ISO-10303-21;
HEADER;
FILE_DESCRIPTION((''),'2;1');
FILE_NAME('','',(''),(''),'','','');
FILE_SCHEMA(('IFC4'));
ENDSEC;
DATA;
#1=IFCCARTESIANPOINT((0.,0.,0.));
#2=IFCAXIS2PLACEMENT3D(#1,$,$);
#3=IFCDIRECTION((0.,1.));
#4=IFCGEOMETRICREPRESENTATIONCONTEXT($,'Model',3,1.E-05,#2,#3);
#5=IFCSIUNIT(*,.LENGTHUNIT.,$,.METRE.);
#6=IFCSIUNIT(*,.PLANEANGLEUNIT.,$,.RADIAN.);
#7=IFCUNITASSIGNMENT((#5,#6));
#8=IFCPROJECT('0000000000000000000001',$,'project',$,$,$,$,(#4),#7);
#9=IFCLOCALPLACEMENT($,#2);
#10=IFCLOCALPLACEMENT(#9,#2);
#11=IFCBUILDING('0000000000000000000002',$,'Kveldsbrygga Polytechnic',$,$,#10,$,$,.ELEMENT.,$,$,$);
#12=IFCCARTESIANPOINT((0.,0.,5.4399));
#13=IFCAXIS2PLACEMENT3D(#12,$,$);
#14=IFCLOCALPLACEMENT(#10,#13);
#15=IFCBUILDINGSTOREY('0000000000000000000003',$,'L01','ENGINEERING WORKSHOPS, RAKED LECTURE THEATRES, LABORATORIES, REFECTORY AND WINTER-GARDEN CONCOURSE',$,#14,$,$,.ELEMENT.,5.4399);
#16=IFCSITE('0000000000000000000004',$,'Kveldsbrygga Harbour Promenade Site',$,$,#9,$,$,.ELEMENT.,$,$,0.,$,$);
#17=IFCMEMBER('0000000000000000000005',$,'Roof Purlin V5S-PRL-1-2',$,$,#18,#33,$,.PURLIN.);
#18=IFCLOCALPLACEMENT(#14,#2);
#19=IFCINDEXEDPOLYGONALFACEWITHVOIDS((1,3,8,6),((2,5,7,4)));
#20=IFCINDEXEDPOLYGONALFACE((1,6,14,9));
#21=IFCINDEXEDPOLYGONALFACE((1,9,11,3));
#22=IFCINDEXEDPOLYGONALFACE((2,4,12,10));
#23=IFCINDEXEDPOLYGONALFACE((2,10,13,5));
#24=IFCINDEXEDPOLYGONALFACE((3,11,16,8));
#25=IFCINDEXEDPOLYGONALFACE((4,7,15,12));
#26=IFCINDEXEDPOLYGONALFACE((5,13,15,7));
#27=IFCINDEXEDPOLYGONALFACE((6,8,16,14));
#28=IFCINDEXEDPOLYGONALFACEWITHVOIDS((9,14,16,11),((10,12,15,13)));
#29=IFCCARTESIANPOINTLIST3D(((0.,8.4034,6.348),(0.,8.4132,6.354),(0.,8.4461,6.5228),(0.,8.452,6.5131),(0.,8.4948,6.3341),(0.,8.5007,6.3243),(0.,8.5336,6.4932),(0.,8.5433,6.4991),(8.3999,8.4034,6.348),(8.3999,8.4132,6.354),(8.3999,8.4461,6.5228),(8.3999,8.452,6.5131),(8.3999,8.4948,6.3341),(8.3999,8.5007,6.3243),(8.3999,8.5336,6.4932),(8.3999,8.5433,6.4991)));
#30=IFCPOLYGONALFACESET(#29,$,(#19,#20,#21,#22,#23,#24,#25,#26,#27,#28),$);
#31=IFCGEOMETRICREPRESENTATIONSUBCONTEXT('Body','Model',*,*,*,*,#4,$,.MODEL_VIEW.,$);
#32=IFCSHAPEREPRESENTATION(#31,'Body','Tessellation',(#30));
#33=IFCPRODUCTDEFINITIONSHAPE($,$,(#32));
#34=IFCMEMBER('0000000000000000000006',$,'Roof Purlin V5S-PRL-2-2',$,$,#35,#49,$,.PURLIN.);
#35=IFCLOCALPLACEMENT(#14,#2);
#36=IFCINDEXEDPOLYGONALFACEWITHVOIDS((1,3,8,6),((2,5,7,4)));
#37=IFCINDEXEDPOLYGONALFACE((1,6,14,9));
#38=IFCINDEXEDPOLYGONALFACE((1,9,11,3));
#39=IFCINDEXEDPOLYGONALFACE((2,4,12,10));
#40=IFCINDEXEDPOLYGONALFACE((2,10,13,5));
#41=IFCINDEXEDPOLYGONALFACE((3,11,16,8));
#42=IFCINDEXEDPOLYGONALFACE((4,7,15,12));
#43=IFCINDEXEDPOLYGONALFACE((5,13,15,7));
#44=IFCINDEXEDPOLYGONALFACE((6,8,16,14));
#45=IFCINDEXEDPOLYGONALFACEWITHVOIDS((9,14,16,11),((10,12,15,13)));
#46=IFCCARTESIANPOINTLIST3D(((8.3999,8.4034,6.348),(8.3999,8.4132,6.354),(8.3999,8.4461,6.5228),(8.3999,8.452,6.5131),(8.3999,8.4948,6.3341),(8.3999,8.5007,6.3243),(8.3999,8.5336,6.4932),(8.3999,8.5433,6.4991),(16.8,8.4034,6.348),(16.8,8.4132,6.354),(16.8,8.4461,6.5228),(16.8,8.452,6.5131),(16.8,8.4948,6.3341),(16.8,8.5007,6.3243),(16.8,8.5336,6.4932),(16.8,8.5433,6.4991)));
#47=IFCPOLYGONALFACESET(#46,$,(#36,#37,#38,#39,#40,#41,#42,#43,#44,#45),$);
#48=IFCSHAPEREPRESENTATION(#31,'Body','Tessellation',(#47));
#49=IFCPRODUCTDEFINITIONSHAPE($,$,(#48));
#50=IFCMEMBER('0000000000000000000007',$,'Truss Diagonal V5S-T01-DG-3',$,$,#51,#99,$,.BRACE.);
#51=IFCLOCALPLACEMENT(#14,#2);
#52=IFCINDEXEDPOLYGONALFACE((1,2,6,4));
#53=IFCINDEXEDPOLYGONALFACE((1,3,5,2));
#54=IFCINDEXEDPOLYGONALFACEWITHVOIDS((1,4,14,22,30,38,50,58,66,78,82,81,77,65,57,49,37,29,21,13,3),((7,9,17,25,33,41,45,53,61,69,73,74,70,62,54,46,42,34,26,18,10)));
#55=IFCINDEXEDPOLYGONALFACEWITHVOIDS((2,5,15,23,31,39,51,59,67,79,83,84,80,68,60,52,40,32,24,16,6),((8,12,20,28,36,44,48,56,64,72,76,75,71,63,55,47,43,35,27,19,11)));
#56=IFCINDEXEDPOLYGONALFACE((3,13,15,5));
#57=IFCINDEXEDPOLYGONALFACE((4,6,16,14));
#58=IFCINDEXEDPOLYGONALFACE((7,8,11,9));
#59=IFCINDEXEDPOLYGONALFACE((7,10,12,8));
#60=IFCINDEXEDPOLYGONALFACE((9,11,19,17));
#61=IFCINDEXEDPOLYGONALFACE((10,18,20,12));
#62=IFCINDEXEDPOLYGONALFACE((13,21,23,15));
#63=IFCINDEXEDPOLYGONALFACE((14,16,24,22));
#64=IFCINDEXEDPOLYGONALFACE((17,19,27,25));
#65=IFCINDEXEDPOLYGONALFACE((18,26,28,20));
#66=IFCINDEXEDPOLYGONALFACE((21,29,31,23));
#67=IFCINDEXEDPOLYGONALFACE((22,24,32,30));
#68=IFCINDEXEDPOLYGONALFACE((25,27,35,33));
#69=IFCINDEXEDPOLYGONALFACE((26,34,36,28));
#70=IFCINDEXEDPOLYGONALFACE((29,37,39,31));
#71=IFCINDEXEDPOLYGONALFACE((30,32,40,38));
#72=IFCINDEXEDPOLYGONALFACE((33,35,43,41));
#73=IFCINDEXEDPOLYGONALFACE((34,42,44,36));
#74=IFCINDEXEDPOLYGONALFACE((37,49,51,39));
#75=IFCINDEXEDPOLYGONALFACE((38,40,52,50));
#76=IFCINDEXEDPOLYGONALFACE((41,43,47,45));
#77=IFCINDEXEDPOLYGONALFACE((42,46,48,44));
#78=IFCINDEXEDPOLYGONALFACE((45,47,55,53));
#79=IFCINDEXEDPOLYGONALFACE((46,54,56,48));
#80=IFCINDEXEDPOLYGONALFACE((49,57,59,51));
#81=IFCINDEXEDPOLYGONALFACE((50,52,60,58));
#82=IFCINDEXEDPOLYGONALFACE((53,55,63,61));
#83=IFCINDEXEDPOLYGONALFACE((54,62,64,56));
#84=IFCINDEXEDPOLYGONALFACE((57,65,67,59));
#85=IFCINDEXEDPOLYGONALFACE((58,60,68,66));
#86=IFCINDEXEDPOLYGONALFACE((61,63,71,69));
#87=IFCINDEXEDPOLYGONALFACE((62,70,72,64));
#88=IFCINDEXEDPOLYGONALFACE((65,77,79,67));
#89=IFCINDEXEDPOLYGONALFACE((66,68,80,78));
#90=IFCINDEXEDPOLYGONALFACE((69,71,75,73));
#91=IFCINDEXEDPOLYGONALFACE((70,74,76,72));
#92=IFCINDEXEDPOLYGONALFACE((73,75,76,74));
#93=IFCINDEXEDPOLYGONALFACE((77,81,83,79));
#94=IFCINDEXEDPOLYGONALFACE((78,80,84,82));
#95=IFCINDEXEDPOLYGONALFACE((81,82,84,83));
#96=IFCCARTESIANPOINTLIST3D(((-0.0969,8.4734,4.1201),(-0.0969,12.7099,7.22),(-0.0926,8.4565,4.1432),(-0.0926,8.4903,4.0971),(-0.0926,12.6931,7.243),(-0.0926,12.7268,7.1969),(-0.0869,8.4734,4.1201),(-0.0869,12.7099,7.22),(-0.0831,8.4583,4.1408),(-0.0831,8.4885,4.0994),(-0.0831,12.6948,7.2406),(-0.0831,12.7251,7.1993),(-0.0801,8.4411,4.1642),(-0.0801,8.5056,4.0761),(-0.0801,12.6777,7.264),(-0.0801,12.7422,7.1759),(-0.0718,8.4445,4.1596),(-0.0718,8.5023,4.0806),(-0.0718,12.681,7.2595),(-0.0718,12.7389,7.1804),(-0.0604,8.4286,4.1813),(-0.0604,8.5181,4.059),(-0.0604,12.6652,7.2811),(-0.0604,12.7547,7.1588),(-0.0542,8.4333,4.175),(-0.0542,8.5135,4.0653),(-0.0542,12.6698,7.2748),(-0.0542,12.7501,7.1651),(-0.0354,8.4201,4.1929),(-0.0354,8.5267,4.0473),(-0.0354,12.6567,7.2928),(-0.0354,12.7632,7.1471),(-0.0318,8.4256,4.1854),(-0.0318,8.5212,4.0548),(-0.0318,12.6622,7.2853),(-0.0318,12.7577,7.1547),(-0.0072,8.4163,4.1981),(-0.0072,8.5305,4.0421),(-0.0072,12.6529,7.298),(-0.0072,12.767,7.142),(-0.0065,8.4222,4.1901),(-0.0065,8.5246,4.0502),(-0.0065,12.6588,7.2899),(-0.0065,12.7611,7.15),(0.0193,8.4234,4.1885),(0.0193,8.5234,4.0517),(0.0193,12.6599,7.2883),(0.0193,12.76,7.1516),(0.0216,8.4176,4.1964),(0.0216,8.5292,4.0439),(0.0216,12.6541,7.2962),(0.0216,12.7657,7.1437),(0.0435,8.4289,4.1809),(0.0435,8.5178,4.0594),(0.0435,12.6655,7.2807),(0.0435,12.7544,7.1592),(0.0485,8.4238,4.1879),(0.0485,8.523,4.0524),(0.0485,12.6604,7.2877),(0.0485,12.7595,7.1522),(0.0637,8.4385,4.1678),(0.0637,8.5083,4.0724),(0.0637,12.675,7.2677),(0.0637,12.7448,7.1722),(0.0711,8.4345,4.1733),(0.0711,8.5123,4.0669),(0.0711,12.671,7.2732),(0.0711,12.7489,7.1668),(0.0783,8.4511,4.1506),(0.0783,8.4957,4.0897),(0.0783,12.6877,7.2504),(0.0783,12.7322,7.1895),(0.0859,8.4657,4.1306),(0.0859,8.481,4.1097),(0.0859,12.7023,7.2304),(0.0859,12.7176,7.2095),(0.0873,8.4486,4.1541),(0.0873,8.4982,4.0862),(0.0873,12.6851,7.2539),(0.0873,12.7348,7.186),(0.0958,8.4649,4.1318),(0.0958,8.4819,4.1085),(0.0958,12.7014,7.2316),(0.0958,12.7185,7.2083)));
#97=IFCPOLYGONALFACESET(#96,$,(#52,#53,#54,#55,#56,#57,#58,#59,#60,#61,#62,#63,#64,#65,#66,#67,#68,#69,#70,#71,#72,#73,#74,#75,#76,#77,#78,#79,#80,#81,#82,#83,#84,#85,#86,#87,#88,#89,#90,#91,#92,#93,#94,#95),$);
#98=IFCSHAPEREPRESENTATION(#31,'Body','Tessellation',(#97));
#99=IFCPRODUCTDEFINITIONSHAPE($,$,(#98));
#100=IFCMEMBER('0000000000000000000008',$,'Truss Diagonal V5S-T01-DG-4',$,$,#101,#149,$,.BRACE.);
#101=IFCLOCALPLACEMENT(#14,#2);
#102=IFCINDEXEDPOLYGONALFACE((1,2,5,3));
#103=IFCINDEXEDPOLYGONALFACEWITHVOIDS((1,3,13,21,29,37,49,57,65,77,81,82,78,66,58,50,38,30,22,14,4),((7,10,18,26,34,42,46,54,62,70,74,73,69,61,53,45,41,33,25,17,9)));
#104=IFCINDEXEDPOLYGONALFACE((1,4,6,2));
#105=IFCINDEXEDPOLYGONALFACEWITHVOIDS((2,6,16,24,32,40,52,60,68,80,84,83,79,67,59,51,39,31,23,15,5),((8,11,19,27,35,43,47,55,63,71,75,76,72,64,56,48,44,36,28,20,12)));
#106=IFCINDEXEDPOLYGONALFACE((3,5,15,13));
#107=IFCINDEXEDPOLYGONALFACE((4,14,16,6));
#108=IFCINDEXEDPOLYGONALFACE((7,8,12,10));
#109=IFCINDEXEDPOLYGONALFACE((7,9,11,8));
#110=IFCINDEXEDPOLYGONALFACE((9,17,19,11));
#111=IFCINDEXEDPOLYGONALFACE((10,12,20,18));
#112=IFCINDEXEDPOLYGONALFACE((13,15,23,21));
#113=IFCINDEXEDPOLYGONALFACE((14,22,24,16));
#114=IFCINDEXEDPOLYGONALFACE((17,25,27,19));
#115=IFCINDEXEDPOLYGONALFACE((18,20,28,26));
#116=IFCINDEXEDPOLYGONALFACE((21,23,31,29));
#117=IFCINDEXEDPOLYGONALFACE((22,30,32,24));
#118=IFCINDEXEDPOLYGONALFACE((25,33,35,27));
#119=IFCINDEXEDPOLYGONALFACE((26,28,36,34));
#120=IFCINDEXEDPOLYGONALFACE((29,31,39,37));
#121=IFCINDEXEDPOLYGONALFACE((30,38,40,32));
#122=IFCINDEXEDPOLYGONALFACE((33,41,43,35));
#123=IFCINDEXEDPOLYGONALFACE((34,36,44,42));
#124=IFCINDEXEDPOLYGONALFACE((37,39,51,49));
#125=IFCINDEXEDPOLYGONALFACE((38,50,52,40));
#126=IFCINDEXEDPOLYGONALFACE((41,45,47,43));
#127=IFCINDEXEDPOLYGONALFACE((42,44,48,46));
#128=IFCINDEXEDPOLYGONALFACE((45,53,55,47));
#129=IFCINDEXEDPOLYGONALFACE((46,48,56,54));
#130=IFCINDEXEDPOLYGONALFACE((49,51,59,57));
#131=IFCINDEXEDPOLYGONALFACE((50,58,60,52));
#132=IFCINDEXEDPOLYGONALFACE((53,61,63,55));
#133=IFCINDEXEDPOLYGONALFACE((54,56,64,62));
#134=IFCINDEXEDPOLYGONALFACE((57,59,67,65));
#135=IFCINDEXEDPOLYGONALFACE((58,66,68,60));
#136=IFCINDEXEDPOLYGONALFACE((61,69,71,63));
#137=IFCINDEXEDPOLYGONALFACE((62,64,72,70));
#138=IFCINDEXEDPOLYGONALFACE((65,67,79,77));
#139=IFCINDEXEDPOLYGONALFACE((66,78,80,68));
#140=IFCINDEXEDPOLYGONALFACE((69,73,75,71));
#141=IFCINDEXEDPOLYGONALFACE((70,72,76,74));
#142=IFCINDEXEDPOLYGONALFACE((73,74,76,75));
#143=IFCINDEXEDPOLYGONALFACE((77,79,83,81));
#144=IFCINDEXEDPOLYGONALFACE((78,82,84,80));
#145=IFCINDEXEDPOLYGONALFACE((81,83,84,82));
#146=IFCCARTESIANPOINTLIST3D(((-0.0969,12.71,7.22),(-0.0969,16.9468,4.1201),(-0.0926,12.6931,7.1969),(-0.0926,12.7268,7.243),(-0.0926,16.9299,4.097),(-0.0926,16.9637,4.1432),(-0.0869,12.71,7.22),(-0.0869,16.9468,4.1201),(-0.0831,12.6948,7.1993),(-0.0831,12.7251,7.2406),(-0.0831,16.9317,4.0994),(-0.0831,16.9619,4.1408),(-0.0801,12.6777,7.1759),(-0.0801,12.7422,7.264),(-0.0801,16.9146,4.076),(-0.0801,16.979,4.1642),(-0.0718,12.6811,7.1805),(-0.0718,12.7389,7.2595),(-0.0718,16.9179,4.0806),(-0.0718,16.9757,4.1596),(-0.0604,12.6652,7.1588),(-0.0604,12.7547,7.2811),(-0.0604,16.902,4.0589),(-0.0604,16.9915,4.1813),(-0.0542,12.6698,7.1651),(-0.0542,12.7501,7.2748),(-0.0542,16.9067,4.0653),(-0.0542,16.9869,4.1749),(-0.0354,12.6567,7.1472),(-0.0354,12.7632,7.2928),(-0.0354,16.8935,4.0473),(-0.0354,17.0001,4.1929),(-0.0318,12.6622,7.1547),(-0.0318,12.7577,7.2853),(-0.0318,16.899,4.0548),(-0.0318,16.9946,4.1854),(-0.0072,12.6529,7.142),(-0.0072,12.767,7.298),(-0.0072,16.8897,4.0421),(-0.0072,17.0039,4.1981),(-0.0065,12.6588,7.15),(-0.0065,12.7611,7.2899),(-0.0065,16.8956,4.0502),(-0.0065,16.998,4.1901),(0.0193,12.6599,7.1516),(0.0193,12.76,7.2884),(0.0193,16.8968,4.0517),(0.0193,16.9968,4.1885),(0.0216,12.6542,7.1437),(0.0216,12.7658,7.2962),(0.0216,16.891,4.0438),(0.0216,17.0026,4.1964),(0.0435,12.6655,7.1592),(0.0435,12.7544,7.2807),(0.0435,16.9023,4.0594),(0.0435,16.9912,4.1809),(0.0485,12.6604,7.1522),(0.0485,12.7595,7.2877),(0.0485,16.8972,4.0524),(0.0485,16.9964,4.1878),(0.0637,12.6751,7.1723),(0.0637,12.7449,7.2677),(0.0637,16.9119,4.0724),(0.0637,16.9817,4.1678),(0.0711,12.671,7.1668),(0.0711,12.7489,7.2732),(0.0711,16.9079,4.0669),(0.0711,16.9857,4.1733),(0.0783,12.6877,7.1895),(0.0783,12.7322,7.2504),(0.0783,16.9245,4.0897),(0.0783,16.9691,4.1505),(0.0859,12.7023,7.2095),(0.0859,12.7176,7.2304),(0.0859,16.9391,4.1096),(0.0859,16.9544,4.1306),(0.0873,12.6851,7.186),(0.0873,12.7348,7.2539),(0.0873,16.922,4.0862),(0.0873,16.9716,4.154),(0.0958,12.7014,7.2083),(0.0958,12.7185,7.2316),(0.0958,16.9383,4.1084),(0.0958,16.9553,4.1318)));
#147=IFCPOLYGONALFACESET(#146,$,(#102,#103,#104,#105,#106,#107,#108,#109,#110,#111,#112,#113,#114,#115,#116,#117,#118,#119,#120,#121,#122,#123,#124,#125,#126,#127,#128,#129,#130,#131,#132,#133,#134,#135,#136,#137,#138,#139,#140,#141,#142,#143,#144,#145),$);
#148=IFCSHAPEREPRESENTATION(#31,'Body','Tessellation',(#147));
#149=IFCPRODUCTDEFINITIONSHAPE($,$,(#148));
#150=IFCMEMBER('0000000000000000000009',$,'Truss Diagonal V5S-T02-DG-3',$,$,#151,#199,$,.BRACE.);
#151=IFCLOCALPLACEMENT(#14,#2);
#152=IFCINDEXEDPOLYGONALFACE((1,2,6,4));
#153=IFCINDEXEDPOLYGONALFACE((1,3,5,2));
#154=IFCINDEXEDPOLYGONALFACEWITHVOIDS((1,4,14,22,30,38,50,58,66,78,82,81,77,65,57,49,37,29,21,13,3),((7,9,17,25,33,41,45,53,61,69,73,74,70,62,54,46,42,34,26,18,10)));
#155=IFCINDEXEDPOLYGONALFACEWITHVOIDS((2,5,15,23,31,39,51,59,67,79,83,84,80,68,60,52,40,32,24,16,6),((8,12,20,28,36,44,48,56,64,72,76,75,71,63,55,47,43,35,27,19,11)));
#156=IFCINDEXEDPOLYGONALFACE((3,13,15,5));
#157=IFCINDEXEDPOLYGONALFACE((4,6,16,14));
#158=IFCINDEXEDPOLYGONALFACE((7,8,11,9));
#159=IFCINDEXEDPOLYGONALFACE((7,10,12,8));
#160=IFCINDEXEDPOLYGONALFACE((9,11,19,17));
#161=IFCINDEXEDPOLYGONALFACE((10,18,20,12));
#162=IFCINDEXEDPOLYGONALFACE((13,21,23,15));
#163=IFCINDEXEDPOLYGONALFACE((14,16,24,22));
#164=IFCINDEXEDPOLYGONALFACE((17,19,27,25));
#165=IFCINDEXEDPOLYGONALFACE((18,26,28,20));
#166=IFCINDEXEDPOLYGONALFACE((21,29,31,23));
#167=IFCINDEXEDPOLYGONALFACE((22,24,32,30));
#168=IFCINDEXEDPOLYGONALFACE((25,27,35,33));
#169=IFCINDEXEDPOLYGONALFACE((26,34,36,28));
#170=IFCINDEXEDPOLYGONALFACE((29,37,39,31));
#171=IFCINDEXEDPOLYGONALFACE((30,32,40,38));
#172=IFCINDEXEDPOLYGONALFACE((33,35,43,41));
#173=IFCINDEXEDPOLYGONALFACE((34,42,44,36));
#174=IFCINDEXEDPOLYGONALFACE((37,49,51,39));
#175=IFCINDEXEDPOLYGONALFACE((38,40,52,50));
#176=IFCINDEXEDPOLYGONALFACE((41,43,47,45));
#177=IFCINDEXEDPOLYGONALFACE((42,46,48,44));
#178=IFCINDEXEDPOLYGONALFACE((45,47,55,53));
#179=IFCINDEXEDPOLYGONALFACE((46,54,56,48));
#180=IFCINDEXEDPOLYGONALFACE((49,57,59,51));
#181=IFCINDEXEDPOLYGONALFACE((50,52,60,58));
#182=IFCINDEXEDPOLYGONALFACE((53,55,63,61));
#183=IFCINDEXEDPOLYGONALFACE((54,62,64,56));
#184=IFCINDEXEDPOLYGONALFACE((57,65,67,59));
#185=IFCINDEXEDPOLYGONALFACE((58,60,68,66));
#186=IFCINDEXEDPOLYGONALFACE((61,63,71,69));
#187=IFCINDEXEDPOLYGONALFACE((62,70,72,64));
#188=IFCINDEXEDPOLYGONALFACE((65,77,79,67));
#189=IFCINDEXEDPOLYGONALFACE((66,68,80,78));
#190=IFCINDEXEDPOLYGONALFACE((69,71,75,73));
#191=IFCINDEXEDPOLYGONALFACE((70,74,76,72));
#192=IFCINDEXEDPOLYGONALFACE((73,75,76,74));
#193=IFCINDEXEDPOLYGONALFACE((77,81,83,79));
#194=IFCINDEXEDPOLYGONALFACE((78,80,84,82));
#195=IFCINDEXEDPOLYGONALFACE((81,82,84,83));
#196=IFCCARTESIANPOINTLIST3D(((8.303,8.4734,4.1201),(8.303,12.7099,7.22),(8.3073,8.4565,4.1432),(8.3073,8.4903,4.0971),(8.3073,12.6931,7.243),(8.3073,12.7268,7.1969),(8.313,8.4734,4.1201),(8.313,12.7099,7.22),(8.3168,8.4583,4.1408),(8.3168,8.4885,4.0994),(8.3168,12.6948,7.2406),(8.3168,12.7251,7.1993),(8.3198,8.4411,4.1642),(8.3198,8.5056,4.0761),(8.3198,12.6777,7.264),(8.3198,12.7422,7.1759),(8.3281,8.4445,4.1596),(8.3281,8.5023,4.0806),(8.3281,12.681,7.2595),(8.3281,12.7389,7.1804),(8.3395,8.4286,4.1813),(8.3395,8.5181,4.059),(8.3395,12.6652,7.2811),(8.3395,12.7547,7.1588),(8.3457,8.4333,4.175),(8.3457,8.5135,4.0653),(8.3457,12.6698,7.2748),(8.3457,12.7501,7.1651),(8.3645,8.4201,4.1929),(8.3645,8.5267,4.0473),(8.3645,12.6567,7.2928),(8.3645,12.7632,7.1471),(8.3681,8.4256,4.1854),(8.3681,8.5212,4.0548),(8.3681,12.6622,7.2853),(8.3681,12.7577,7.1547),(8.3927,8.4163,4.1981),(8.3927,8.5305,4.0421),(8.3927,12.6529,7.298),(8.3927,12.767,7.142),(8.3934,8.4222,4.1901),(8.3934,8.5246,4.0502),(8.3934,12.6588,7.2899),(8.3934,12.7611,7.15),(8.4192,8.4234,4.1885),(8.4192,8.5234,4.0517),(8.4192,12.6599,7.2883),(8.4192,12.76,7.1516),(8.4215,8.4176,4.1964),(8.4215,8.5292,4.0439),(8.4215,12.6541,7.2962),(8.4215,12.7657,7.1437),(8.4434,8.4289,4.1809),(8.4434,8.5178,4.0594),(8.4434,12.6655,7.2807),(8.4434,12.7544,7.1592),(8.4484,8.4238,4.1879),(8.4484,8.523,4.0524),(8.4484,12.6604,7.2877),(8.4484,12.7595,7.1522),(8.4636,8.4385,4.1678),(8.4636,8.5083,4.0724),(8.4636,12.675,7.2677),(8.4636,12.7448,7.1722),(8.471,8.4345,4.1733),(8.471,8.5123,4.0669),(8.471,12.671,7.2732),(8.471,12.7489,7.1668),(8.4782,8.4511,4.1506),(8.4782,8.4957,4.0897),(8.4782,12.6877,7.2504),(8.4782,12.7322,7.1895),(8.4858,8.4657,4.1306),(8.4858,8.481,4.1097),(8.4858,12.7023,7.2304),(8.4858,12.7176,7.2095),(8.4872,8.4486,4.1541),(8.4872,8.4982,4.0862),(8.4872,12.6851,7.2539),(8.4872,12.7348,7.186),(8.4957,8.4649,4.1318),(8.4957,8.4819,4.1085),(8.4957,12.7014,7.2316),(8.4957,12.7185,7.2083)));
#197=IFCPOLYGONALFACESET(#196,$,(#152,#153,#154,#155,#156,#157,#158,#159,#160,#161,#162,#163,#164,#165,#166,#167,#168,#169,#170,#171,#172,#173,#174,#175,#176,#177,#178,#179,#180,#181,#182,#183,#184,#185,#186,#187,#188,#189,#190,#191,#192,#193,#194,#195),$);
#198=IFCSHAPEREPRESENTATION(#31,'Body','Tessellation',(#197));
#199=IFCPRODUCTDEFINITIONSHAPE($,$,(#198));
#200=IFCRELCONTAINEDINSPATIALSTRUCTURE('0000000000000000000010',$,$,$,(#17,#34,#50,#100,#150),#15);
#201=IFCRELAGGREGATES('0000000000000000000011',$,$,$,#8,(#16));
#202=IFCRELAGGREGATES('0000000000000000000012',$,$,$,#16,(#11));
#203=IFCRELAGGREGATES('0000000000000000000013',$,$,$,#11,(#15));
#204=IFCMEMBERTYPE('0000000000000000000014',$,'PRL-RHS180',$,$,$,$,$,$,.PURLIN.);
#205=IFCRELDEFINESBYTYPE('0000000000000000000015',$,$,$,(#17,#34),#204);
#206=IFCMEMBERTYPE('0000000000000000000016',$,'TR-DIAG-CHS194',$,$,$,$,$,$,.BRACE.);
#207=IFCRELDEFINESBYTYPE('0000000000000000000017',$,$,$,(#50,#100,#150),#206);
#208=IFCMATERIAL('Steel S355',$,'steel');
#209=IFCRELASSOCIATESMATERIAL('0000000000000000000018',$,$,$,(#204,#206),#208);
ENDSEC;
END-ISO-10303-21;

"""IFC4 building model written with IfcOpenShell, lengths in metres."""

from ifc_helpers import new_model, si_unit, direction, frame, origin, origin_2d, place, context, subcontext, project, spatial, hollow_rectangle, hollow_circle, extrude, material, material_profile, profile_set, type_object, element, save


model = new_model("IFC4")

# Units and contexts
model_context = context("Model", 3, precision=1e-05, world=origin(), true_north=direction((0.0, 1.0)))
body_context = subcontext(model_context, "Body", "Model", "MODEL_VIEW")
ifc_project = project(units=[si_unit("LENGTHUNIT", "METRE"), si_unit("PLANEANGLEUNIT", "RADIAN")], contexts=[model_context])

# Site, building, storey
site_placement = place(None, origin())
site = spatial("IfcSite", under=ifc_project, at=site_placement, Name="Kveldsbrygga Harbour Promenade Site", CompositionType="ELEMENT", RefElevation=0.0)
building_placement = place(site_placement, origin())
building = spatial("IfcBuilding", under=site, at=building_placement, Name="Kveldsbrygga Polytechnic", CompositionType="ELEMENT")
storey_placement = place(building_placement, frame((0.0, 0.0, 5.4399)))
storey = spatial("IfcBuildingStorey", under=building, at=storey_placement, Name="L01", Description="ENGINEERING WORKSHOPS, RAKED LECTURE THEATRES, LABORATORIES, REFECTORY AND WINTER-GARDEN CONCOURSE", CompositionType="ELEMENT", Elevation=5.4399)

# Members
ifc_material_1 = material(Name="Steel S355", Category="steel")
ifc_material_profile_1 = material_profile(ifc_material_1, hollow_rectangle(XDim=0.1001, YDim=0.1799, WallThickness=0.0081, at=origin_2d()), Name="RHS 180x100x8.0")
ifc_profile_set_1 = profile_set([ifc_material_profile_1], Name="Steel S355")
member_type_1 = type_object("IfcMemberType", Name="PRL-RHS180", PredefinedType="PURLIN", material=ifc_profile_set_1)
member_1_placement = place(storey_placement, frame((0.0, 8.4734, 6.4236), z_axis=(1.0, 0.0, 0.0), x_axis=(0.0, 0.97152, -0.236957)))
element("IfcMember", 1, at=member_1_placement, inside=storey, type_object=member_type_1, Name="Roof Purlin V5S-PRL-1-2", PredefinedType="PURLIN", context=body_context, shape_type="SweptSolid", body=[
    extrude(hollow_rectangle(XDim=0.1001, YDim=0.1799, WallThickness=0.0081, at=origin_2d()), origin(), (0.0, 0.0, 1.0), 8.3999),
])
member_2_placement = place(storey_placement, frame((8.3999, 8.4734, 6.4236), z_axis=(1.0, 0.0, 0.0), x_axis=(0.0, 0.97152, -0.236957)))
element("IfcMember", 2, at=member_2_placement, inside=storey, type_object=member_type_1, Name="Roof Purlin V5S-PRL-2-2", PredefinedType="PURLIN", context=body_context, shape_type="SweptSolid", body=[
    extrude(hollow_rectangle(XDim=0.1001, YDim=0.1799, WallThickness=0.0081, at=origin_2d()), origin(), (0.0, 0.0, 1.0), 8.4001),
])
ifc_material_profile_2 = material_profile(ifc_material_1, hollow_circle(Radius=0.0969, WallThickness=0.01, at=origin_2d()), Name="CHS 193.7x10.0")
ifc_profile_set_2 = profile_set([ifc_material_profile_2], Name="Steel S355")
member_type_2 = type_object("IfcMemberType", Name="TR-DIAG-CHS194", PredefinedType="BRACE", material=ifc_profile_set_2)
member_3_placement = place(storey_placement, frame((0.0, 8.4734, 4.1201), z_axis=(0.0, 0.807037, 0.5905), x_axis=(-1.0, 0.0, 0.0)))
element("IfcMember", 3, at=member_3_placement, inside=storey, type_object=member_type_2, Name="Truss Diagonal V5S-T01-DG-3", PredefinedType="BRACE", context=body_context, shape_type="SweptSolid", body=[
    extrude(hollow_circle(Radius=0.0969, WallThickness=0.01, at=origin_2d()), origin(), (0.0, 0.0, 1.0), 5.2495),
])
member_4_placement = place(storey_placement, frame((0.0, 12.71, 7.22), z_axis=(0.0, 0.807054, -0.590478), x_axis=(-1.0, 0.0, 0.0)))
element("IfcMember", 4, at=member_4_placement, inside=storey, type_object=member_type_2, Name="Truss Diagonal V5S-T01-DG-4", PredefinedType="BRACE", context=body_context, shape_type="SweptSolid", body=[
    extrude(hollow_circle(Radius=0.0969, WallThickness=0.01, at=origin_2d()), origin(), (0.0, 0.0, 1.0), 5.2498),
])
member_5_placement = place(storey_placement, frame((8.3999, 8.4734, 4.1201), z_axis=(0.0, 0.807037, 0.5905), x_axis=(-1.0, 0.0, 0.0)))
element("IfcMember", 5, at=member_5_placement, inside=storey, type_object=member_type_2, Name="Truss Diagonal V5S-T02-DG-3", PredefinedType="BRACE", context=body_context, shape_type="SweptSolid", body=[
    extrude(hollow_circle(Radius=0.0969, WallThickness=0.01, at=origin_2d()), origin(), (0.0, 0.0, 1.0), 5.2495),
])

save(model, "model.ifc")
